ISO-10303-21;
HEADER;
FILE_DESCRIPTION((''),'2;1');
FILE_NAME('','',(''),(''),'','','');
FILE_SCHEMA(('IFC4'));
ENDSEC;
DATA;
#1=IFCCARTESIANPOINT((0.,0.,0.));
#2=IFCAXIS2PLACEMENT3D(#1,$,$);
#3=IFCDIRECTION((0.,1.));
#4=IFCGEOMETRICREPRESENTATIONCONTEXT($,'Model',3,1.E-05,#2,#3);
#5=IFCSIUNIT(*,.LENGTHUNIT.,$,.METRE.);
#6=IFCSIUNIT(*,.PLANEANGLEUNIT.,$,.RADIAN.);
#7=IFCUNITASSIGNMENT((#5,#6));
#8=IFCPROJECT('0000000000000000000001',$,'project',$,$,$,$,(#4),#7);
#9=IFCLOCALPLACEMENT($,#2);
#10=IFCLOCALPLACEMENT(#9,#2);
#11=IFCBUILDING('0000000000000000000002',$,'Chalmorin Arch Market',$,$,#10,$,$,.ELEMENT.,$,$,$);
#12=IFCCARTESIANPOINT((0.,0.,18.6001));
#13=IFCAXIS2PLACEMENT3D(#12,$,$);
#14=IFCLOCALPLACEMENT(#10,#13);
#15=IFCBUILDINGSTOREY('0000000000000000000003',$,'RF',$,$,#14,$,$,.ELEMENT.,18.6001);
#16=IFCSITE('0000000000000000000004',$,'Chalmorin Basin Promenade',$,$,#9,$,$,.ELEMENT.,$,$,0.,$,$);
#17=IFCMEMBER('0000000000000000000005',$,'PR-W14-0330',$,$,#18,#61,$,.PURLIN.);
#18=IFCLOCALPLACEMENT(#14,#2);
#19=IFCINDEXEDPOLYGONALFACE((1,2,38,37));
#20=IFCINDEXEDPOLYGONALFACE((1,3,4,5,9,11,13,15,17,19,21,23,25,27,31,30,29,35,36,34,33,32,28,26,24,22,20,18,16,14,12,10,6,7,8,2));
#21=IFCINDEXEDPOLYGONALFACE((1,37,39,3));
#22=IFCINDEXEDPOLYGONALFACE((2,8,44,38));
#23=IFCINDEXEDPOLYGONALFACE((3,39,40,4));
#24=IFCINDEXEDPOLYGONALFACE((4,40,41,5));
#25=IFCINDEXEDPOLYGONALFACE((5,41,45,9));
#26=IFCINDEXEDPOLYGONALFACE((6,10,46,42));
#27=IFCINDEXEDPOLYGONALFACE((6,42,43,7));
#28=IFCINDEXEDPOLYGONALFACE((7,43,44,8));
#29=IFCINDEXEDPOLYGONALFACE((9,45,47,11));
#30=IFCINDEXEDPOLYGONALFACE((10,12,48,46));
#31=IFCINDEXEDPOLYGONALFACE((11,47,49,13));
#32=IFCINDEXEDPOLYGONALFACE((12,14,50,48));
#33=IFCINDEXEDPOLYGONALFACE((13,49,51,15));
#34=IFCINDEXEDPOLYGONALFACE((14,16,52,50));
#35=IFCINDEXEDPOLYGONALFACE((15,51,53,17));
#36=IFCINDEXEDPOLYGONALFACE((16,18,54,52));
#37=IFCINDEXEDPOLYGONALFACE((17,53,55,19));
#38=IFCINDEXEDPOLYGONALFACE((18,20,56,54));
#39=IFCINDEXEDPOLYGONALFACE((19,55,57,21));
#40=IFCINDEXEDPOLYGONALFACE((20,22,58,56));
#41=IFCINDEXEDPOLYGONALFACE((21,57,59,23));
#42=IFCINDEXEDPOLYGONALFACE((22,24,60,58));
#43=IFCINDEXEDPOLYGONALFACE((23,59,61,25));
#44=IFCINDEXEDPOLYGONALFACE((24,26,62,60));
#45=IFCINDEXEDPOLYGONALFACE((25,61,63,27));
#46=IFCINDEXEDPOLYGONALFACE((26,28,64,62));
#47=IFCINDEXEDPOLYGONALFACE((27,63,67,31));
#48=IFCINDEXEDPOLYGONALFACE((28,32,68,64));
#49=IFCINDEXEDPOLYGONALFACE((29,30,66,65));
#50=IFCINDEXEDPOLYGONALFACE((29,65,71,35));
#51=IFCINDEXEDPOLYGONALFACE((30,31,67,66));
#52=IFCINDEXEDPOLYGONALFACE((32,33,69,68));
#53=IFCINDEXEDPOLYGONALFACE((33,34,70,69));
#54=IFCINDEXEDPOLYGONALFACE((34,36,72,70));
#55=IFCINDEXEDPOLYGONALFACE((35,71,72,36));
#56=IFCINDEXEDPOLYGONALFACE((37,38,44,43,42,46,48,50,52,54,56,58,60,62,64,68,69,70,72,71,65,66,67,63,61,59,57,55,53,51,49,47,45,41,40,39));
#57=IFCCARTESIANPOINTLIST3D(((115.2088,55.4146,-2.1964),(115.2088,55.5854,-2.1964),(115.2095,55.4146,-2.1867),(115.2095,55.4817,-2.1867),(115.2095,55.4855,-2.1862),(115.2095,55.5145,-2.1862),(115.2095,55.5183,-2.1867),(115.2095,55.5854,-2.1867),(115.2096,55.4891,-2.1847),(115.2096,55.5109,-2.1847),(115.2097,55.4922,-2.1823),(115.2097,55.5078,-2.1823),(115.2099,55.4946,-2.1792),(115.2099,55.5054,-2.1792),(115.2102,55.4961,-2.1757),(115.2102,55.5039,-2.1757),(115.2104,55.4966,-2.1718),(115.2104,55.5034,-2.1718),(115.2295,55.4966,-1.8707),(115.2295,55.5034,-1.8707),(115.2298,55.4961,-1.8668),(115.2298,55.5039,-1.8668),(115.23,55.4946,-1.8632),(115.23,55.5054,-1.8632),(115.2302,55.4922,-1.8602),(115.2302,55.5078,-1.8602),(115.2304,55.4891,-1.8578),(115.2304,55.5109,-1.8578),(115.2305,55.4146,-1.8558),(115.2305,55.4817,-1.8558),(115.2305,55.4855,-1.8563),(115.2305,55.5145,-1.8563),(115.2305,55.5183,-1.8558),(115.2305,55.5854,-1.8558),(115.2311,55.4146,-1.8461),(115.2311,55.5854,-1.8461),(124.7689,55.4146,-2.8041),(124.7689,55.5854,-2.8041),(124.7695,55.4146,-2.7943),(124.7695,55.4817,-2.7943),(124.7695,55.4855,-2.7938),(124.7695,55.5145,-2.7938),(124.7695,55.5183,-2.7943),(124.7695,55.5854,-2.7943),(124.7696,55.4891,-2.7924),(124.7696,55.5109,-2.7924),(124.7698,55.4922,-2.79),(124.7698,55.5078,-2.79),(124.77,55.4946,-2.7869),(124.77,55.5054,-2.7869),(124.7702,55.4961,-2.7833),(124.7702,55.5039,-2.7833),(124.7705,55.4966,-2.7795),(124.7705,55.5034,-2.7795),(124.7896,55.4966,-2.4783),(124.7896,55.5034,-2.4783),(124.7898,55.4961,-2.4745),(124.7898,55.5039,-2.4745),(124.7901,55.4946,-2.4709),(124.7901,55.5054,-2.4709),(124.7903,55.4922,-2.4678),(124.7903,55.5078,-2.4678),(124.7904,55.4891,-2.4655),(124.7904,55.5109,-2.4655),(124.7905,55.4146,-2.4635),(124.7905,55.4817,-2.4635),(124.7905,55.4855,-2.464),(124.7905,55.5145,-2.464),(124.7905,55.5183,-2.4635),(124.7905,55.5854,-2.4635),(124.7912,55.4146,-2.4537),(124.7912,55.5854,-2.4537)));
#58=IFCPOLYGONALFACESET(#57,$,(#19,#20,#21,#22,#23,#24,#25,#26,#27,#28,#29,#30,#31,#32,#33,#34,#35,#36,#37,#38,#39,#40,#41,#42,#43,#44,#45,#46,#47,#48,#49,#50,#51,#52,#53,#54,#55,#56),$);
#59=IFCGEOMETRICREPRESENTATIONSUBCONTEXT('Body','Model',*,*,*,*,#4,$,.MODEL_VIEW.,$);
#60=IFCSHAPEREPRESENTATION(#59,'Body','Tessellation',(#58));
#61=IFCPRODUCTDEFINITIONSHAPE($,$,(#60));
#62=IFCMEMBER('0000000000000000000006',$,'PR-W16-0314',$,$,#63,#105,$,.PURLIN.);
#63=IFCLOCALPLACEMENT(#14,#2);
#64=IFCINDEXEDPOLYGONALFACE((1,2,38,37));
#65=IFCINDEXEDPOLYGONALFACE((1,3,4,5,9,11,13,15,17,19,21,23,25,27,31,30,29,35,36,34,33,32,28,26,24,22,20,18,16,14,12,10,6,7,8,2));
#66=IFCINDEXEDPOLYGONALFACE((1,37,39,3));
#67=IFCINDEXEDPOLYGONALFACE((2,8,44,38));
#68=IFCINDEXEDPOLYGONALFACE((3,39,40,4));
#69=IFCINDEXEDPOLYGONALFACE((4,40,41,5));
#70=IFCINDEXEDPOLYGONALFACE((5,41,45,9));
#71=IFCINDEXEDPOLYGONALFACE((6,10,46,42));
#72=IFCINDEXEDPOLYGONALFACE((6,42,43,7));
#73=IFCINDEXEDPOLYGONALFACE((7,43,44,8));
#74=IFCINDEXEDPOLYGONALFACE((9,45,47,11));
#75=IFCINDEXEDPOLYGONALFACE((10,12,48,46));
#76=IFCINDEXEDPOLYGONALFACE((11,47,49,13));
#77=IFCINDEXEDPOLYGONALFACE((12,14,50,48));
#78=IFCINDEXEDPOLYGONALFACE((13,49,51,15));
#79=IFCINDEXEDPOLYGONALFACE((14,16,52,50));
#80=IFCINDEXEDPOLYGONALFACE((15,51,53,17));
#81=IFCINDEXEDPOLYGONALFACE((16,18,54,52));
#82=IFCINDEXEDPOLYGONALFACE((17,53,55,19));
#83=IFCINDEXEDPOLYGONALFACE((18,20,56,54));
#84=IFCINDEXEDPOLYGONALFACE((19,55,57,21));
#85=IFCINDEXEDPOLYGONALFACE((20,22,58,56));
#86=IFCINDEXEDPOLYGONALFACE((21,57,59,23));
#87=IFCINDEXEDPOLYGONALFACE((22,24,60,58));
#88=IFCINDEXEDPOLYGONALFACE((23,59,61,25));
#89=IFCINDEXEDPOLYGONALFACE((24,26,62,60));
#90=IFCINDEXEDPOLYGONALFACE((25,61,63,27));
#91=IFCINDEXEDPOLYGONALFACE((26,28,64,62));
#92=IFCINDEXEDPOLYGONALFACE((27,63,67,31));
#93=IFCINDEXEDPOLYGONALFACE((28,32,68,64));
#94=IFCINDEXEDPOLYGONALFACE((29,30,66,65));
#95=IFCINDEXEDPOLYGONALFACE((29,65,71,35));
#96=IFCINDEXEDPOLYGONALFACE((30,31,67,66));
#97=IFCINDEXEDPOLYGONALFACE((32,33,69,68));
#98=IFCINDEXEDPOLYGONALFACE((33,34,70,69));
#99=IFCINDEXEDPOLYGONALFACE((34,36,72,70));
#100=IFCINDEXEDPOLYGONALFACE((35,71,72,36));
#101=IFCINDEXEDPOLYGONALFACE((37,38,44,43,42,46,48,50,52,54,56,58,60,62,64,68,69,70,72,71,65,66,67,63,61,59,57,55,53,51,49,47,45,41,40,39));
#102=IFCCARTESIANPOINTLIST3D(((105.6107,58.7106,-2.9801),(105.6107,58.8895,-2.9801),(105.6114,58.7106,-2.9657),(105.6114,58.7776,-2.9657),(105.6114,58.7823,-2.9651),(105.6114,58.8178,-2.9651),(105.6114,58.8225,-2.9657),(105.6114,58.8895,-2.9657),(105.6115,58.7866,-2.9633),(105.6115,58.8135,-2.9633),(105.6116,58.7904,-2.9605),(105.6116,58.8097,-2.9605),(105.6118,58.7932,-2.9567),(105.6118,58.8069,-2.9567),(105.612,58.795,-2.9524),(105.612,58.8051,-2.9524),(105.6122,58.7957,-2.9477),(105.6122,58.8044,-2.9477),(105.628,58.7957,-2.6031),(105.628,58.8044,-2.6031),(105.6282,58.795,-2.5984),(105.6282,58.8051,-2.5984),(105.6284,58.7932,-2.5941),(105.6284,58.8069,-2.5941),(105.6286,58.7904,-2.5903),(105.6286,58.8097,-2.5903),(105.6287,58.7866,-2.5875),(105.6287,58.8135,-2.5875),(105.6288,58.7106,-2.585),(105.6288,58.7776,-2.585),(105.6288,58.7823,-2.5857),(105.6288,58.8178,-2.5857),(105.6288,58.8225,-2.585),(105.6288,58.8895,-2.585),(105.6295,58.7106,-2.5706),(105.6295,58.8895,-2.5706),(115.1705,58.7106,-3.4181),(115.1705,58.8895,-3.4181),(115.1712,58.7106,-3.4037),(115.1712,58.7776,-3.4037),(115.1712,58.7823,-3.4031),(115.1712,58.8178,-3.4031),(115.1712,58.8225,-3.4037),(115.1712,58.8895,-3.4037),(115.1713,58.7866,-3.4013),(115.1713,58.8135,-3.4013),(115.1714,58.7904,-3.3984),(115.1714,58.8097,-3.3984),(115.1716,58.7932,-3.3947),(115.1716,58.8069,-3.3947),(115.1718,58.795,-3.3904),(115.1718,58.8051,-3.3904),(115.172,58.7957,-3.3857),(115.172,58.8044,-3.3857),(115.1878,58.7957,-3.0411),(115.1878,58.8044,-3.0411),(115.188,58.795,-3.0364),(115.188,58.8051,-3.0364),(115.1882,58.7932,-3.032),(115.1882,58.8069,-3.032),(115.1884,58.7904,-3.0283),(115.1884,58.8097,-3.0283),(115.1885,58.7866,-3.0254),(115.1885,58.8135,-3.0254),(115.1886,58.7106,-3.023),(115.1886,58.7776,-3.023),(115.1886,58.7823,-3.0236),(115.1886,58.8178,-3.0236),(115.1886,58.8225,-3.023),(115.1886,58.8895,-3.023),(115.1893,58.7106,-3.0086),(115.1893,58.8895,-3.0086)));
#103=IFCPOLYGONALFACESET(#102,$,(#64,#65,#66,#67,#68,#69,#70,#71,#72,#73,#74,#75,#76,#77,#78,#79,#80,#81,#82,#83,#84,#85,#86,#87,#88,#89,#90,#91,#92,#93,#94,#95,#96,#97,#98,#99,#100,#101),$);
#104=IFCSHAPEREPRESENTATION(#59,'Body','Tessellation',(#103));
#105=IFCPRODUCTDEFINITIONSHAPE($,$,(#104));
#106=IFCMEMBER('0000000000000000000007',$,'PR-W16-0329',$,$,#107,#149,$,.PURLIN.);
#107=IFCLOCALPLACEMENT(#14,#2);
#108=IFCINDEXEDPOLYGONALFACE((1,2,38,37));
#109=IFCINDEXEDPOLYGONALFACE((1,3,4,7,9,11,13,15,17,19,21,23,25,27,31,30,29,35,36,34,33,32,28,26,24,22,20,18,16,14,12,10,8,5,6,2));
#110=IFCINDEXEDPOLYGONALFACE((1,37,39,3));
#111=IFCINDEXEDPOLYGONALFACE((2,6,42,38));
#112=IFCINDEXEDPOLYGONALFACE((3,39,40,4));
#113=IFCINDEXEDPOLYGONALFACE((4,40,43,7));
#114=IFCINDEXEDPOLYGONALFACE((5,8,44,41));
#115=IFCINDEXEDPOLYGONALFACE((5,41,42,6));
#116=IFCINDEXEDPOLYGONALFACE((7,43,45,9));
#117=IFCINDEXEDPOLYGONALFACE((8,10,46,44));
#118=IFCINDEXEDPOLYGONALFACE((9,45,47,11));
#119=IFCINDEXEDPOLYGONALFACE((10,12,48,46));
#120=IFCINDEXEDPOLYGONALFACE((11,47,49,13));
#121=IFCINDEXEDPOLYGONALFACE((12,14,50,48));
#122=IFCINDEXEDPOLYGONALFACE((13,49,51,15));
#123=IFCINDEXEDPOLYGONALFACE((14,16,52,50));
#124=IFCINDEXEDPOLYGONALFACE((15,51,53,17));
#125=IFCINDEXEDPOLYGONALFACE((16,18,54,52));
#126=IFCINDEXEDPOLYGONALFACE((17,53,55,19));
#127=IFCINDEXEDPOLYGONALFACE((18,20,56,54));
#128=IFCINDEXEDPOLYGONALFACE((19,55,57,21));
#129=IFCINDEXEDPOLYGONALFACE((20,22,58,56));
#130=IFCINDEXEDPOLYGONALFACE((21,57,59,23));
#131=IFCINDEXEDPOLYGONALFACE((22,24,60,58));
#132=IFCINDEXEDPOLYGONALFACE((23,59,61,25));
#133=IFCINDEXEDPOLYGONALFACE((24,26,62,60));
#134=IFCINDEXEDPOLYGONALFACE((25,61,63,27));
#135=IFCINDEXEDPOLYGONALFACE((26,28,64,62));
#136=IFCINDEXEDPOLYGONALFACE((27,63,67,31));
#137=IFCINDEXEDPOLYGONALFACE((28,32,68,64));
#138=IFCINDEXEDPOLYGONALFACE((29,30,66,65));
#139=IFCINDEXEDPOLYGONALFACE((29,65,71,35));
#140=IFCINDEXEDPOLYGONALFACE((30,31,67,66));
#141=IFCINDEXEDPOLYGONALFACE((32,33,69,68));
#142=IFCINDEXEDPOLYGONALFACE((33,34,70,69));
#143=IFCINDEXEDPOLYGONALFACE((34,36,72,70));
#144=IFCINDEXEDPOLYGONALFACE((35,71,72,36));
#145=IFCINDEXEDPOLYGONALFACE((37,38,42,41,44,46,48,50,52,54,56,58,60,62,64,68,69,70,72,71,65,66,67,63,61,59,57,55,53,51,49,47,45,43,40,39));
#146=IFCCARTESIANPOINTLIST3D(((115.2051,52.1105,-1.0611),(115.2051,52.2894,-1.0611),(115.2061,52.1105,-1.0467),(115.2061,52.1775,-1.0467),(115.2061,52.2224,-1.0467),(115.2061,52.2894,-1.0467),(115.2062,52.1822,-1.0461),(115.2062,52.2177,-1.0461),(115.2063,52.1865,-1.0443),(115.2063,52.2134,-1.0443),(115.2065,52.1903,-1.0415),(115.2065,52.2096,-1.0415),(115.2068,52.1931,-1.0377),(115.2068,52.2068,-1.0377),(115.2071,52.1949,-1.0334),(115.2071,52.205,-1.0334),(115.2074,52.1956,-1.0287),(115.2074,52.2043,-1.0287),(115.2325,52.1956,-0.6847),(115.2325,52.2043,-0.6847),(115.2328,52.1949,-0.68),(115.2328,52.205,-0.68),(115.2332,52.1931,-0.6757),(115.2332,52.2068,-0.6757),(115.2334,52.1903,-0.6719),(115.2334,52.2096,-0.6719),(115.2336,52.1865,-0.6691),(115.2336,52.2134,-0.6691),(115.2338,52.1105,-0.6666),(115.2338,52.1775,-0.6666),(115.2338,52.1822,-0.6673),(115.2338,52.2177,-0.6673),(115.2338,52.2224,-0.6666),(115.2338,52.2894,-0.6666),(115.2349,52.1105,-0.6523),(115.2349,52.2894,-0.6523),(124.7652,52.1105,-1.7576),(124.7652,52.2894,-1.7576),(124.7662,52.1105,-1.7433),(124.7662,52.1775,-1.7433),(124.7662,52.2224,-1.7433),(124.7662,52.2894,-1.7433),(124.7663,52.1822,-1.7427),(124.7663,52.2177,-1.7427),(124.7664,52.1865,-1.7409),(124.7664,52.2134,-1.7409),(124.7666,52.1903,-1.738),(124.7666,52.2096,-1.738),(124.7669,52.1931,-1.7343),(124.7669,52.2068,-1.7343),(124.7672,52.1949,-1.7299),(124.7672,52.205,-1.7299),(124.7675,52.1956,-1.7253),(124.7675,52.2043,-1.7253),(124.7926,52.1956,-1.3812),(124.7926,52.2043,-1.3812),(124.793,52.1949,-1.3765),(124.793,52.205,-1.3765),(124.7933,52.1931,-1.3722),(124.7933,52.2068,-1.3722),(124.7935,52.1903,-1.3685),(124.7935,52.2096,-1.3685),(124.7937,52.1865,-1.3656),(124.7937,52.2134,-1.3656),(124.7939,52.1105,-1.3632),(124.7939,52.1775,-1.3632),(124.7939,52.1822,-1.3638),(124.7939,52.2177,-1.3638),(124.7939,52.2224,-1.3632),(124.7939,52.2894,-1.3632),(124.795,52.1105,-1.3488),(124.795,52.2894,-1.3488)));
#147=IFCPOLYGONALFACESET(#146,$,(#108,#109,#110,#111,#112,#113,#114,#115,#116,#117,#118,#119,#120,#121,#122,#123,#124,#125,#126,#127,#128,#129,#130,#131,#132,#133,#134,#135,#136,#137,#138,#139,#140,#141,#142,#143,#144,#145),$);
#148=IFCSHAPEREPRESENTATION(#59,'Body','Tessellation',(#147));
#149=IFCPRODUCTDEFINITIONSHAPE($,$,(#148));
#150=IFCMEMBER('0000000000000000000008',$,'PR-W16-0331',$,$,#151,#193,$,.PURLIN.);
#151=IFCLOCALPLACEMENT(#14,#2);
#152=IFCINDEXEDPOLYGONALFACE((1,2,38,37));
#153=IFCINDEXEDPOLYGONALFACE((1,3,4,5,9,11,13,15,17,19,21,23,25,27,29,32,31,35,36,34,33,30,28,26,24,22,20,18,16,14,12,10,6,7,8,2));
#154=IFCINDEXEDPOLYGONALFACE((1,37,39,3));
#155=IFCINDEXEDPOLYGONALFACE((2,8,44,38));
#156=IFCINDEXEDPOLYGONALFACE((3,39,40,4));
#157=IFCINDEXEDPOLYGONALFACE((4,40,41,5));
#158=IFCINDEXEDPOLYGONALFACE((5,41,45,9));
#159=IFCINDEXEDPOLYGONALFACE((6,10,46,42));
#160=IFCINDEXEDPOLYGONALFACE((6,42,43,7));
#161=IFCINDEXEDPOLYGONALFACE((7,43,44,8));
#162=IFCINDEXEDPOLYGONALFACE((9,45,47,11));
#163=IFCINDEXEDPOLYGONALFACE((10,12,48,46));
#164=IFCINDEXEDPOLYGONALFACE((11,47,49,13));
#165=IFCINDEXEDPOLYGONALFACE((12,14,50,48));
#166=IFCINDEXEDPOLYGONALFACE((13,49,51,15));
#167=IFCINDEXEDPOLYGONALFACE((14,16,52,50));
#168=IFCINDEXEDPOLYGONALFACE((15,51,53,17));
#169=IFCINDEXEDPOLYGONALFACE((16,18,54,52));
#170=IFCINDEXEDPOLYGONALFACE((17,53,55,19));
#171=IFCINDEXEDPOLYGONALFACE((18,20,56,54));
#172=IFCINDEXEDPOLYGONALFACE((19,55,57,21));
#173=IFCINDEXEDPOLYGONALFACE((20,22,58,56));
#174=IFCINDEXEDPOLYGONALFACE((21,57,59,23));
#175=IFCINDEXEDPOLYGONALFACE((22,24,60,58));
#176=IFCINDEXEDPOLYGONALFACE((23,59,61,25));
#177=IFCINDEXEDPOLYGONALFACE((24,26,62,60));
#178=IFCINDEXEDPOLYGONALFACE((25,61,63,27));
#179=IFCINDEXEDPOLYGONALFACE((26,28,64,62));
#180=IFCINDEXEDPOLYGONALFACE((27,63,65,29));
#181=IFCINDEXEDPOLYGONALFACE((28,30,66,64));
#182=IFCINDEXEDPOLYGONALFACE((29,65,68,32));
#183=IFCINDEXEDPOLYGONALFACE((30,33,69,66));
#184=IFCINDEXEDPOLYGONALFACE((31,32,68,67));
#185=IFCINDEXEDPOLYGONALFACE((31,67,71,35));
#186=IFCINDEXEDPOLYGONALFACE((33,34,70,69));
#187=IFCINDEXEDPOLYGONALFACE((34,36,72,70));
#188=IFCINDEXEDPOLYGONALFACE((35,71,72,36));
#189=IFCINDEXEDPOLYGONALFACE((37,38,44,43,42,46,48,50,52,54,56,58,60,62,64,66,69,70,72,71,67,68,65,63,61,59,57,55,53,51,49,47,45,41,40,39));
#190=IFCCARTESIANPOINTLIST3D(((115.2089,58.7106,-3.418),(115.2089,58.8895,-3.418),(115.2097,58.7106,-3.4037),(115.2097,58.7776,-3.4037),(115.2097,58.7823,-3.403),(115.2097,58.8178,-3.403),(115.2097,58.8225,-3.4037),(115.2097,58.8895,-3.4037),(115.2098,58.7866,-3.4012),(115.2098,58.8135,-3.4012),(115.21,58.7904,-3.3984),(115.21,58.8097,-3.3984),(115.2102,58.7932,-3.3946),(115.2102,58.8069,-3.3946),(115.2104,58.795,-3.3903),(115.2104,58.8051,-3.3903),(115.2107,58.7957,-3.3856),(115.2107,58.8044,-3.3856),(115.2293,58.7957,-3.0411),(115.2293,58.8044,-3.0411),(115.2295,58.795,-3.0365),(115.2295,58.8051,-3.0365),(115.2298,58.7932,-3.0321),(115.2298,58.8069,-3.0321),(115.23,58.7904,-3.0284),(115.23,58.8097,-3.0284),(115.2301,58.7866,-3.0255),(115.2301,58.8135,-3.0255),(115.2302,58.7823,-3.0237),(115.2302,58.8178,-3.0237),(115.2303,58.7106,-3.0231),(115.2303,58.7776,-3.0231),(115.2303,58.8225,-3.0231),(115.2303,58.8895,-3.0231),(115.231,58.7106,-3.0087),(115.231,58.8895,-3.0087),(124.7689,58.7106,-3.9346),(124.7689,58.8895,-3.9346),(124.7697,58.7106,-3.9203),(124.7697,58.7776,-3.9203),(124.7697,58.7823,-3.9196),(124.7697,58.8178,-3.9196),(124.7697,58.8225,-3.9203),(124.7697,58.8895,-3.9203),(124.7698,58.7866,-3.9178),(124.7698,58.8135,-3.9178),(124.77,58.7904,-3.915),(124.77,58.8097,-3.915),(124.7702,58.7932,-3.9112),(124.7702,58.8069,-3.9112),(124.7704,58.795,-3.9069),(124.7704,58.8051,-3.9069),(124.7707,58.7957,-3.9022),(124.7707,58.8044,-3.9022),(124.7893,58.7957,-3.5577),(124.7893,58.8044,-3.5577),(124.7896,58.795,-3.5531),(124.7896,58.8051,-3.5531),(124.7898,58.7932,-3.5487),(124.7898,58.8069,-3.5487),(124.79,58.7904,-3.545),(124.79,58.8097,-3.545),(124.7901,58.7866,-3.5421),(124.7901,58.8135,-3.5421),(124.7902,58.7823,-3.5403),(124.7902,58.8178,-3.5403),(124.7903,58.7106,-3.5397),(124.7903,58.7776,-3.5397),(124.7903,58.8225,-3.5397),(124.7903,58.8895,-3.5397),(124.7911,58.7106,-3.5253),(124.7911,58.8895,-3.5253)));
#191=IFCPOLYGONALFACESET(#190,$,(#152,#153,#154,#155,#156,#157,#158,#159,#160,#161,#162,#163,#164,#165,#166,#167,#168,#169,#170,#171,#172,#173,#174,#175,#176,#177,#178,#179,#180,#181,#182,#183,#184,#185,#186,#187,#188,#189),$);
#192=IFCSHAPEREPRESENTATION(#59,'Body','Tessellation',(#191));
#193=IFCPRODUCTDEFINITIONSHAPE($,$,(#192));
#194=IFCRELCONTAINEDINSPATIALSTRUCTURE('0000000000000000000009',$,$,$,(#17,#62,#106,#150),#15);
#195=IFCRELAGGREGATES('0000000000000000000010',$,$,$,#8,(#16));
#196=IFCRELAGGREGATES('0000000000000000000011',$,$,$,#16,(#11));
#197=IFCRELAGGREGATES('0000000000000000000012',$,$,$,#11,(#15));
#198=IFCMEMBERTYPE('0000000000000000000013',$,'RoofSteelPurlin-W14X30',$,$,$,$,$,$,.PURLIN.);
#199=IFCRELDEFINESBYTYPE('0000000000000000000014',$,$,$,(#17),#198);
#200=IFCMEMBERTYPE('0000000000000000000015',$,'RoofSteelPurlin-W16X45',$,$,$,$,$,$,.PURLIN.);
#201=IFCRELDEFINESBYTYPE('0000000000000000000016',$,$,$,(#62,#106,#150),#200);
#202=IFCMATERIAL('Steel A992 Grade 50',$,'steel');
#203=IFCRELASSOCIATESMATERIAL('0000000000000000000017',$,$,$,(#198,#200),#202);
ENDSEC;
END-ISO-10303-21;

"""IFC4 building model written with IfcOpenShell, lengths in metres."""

from ifc_helpers import new_model, si_unit, direction, frame, origin, origin_2d, place, context, subcontext, project, spatial, i_section, extrude, material, material_profile, profile_set, type_object, element, save


model = new_model("IFC4")

# Units and contexts
model_context = context("Model", 3, precision=1e-05, world=origin(), true_north=direction((0.0, 1.0)))
body_context = subcontext(model_context, "Body", "Model", "MODEL_VIEW")
ifc_project = project(units=[si_unit("LENGTHUNIT", "METRE"), si_unit("PLANEANGLEUNIT", "RADIAN")], contexts=[model_context])

# Site, building, storey
site_placement = place(None, origin())
site = spatial("IfcSite", under=ifc_project, at=site_placement, Name="Chalmorin Basin Promenade", CompositionType="ELEMENT", RefElevation=0.0)
building_placement = place(site_placement, origin())
building = spatial("IfcBuilding", under=site, at=building_placement, Name="Chalmorin Arch Market", CompositionType="ELEMENT")
storey_placement = place(building_placement, frame((0.0, 0.0, 18.6001)))
storey = spatial("IfcBuildingStorey", under=building, at=storey_placement, Name="RF", CompositionType="ELEMENT", Elevation=18.6001)

# Members
ifc_material_1 = material(Name="Steel A992 Grade 50", Category="steel")
ifc_material_profile_1 = material_profile(ifc_material_1, i_section(OverallWidth=0.1709, OverallDepth=0.3511, WebThickness=0.0068, FlangeThickness=0.0098, FilletRadius=0.0149, at=origin_2d()), Name="W14X30")
ifc_profile_set_1 = profile_set([ifc_material_profile_1], Name="Steel A992 Grade 50")
member_type_1 = type_object("IfcMemberType", Name="RoofSteelPurlin-W14X30", PredefinedType="PURLIN", material=ifc_profile_set_1)
member_1_placement = place(storey_placement, frame((115.22, 55.5, -2.0212), z_axis=(0.997986, 0.0, -0.063435), x_axis=(0.0, 1.0, 0.0)))
element("IfcMember", 1, at=member_1_placement, inside=storey, type_object=member_type_1, Name="PR-W14-0330", PredefinedType="PURLIN", context=body_context, shape_type="SweptSolid", body=[
    extrude(i_section(OverallWidth=0.1709, OverallDepth=0.3511, WebThickness=0.0068, FlangeThickness=0.0098, FilletRadius=0.0149, at=origin_2d()), origin(), (0.0, 0.0, 1.0), 9.5793),
])
ifc_material_profile_2 = material_profile(ifc_material_1, i_section(OverallWidth=0.179, OverallDepth=0.4099, WebThickness=0.0088, FlangeThickness=0.0144, FilletRadius=0.0181, at=origin_2d()), Name="W16X45")
ifc_profile_set_2 = profile_set([ifc_material_profile_2], Name="Steel A992 Grade 50")
member_type_2 = type_object("IfcMemberType", Name="RoofSteelPurlin-W16X45", PredefinedType="PURLIN", material=ifc_profile_set_2)
member_2_placement = place(storey_placement, frame((105.6201, 58.8, -2.7754), z_axis=(0.998952, 0.0, -0.045768), x_axis=(0.0, 1.0, 0.0)))
element("IfcMember", 2, at=member_2_placement, inside=storey, type_object=member_type_2, Name="PR-W16-0314", PredefinedType="PURLIN", context=body_context, shape_type="SweptSolid", body=[
    extrude(i_section(OverallWidth=0.179, OverallDepth=0.4099, WebThickness=0.0088, FlangeThickness=0.0144, FilletRadius=0.0181, at=origin_2d()), origin(), (0.0, 0.0, 1.0), 9.5698),
])
member_3_placement = place(storey_placement, frame((115.22, 52.2, -0.8567), z_axis=(0.997356, 0.0, -0.072666), x_axis=(0.0, 1.0, 0.0)))
element("IfcMember", 3, at=member_3_placement, inside=storey, type_object=member_type_2, Name="PR-W16-0329", PredefinedType="PURLIN", context=body_context, shape_type="SweptSolid", body=[
    extrude(i_section(OverallWidth=0.179, OverallDepth=0.4099, WebThickness=0.0088, FlangeThickness=0.0144, FilletRadius=0.0181, at=origin_2d()), origin(), (0.0, 0.0, 1.0), 9.5854),
])
member_4_placement = place(storey_placement, frame((115.22, 58.8, -3.2134), z_axis=(0.998543, 0.0, -0.053959), x_axis=(0.0, 1.0, 0.0)))
element("IfcMember", 4, at=member_4_placement, inside=storey, type_object=member_type_2, Name="PR-W16-0331", PredefinedType="PURLIN", context=body_context, shape_type="SweptSolid", body=[
    extrude(i_section(OverallWidth=0.179, OverallDepth=0.4099, WebThickness=0.0088, FlangeThickness=0.0144, FilletRadius=0.0181, at=origin_2d()), origin(), (0.0, 0.0, 1.0), 9.574),
])

save(model, "model.ifc")
